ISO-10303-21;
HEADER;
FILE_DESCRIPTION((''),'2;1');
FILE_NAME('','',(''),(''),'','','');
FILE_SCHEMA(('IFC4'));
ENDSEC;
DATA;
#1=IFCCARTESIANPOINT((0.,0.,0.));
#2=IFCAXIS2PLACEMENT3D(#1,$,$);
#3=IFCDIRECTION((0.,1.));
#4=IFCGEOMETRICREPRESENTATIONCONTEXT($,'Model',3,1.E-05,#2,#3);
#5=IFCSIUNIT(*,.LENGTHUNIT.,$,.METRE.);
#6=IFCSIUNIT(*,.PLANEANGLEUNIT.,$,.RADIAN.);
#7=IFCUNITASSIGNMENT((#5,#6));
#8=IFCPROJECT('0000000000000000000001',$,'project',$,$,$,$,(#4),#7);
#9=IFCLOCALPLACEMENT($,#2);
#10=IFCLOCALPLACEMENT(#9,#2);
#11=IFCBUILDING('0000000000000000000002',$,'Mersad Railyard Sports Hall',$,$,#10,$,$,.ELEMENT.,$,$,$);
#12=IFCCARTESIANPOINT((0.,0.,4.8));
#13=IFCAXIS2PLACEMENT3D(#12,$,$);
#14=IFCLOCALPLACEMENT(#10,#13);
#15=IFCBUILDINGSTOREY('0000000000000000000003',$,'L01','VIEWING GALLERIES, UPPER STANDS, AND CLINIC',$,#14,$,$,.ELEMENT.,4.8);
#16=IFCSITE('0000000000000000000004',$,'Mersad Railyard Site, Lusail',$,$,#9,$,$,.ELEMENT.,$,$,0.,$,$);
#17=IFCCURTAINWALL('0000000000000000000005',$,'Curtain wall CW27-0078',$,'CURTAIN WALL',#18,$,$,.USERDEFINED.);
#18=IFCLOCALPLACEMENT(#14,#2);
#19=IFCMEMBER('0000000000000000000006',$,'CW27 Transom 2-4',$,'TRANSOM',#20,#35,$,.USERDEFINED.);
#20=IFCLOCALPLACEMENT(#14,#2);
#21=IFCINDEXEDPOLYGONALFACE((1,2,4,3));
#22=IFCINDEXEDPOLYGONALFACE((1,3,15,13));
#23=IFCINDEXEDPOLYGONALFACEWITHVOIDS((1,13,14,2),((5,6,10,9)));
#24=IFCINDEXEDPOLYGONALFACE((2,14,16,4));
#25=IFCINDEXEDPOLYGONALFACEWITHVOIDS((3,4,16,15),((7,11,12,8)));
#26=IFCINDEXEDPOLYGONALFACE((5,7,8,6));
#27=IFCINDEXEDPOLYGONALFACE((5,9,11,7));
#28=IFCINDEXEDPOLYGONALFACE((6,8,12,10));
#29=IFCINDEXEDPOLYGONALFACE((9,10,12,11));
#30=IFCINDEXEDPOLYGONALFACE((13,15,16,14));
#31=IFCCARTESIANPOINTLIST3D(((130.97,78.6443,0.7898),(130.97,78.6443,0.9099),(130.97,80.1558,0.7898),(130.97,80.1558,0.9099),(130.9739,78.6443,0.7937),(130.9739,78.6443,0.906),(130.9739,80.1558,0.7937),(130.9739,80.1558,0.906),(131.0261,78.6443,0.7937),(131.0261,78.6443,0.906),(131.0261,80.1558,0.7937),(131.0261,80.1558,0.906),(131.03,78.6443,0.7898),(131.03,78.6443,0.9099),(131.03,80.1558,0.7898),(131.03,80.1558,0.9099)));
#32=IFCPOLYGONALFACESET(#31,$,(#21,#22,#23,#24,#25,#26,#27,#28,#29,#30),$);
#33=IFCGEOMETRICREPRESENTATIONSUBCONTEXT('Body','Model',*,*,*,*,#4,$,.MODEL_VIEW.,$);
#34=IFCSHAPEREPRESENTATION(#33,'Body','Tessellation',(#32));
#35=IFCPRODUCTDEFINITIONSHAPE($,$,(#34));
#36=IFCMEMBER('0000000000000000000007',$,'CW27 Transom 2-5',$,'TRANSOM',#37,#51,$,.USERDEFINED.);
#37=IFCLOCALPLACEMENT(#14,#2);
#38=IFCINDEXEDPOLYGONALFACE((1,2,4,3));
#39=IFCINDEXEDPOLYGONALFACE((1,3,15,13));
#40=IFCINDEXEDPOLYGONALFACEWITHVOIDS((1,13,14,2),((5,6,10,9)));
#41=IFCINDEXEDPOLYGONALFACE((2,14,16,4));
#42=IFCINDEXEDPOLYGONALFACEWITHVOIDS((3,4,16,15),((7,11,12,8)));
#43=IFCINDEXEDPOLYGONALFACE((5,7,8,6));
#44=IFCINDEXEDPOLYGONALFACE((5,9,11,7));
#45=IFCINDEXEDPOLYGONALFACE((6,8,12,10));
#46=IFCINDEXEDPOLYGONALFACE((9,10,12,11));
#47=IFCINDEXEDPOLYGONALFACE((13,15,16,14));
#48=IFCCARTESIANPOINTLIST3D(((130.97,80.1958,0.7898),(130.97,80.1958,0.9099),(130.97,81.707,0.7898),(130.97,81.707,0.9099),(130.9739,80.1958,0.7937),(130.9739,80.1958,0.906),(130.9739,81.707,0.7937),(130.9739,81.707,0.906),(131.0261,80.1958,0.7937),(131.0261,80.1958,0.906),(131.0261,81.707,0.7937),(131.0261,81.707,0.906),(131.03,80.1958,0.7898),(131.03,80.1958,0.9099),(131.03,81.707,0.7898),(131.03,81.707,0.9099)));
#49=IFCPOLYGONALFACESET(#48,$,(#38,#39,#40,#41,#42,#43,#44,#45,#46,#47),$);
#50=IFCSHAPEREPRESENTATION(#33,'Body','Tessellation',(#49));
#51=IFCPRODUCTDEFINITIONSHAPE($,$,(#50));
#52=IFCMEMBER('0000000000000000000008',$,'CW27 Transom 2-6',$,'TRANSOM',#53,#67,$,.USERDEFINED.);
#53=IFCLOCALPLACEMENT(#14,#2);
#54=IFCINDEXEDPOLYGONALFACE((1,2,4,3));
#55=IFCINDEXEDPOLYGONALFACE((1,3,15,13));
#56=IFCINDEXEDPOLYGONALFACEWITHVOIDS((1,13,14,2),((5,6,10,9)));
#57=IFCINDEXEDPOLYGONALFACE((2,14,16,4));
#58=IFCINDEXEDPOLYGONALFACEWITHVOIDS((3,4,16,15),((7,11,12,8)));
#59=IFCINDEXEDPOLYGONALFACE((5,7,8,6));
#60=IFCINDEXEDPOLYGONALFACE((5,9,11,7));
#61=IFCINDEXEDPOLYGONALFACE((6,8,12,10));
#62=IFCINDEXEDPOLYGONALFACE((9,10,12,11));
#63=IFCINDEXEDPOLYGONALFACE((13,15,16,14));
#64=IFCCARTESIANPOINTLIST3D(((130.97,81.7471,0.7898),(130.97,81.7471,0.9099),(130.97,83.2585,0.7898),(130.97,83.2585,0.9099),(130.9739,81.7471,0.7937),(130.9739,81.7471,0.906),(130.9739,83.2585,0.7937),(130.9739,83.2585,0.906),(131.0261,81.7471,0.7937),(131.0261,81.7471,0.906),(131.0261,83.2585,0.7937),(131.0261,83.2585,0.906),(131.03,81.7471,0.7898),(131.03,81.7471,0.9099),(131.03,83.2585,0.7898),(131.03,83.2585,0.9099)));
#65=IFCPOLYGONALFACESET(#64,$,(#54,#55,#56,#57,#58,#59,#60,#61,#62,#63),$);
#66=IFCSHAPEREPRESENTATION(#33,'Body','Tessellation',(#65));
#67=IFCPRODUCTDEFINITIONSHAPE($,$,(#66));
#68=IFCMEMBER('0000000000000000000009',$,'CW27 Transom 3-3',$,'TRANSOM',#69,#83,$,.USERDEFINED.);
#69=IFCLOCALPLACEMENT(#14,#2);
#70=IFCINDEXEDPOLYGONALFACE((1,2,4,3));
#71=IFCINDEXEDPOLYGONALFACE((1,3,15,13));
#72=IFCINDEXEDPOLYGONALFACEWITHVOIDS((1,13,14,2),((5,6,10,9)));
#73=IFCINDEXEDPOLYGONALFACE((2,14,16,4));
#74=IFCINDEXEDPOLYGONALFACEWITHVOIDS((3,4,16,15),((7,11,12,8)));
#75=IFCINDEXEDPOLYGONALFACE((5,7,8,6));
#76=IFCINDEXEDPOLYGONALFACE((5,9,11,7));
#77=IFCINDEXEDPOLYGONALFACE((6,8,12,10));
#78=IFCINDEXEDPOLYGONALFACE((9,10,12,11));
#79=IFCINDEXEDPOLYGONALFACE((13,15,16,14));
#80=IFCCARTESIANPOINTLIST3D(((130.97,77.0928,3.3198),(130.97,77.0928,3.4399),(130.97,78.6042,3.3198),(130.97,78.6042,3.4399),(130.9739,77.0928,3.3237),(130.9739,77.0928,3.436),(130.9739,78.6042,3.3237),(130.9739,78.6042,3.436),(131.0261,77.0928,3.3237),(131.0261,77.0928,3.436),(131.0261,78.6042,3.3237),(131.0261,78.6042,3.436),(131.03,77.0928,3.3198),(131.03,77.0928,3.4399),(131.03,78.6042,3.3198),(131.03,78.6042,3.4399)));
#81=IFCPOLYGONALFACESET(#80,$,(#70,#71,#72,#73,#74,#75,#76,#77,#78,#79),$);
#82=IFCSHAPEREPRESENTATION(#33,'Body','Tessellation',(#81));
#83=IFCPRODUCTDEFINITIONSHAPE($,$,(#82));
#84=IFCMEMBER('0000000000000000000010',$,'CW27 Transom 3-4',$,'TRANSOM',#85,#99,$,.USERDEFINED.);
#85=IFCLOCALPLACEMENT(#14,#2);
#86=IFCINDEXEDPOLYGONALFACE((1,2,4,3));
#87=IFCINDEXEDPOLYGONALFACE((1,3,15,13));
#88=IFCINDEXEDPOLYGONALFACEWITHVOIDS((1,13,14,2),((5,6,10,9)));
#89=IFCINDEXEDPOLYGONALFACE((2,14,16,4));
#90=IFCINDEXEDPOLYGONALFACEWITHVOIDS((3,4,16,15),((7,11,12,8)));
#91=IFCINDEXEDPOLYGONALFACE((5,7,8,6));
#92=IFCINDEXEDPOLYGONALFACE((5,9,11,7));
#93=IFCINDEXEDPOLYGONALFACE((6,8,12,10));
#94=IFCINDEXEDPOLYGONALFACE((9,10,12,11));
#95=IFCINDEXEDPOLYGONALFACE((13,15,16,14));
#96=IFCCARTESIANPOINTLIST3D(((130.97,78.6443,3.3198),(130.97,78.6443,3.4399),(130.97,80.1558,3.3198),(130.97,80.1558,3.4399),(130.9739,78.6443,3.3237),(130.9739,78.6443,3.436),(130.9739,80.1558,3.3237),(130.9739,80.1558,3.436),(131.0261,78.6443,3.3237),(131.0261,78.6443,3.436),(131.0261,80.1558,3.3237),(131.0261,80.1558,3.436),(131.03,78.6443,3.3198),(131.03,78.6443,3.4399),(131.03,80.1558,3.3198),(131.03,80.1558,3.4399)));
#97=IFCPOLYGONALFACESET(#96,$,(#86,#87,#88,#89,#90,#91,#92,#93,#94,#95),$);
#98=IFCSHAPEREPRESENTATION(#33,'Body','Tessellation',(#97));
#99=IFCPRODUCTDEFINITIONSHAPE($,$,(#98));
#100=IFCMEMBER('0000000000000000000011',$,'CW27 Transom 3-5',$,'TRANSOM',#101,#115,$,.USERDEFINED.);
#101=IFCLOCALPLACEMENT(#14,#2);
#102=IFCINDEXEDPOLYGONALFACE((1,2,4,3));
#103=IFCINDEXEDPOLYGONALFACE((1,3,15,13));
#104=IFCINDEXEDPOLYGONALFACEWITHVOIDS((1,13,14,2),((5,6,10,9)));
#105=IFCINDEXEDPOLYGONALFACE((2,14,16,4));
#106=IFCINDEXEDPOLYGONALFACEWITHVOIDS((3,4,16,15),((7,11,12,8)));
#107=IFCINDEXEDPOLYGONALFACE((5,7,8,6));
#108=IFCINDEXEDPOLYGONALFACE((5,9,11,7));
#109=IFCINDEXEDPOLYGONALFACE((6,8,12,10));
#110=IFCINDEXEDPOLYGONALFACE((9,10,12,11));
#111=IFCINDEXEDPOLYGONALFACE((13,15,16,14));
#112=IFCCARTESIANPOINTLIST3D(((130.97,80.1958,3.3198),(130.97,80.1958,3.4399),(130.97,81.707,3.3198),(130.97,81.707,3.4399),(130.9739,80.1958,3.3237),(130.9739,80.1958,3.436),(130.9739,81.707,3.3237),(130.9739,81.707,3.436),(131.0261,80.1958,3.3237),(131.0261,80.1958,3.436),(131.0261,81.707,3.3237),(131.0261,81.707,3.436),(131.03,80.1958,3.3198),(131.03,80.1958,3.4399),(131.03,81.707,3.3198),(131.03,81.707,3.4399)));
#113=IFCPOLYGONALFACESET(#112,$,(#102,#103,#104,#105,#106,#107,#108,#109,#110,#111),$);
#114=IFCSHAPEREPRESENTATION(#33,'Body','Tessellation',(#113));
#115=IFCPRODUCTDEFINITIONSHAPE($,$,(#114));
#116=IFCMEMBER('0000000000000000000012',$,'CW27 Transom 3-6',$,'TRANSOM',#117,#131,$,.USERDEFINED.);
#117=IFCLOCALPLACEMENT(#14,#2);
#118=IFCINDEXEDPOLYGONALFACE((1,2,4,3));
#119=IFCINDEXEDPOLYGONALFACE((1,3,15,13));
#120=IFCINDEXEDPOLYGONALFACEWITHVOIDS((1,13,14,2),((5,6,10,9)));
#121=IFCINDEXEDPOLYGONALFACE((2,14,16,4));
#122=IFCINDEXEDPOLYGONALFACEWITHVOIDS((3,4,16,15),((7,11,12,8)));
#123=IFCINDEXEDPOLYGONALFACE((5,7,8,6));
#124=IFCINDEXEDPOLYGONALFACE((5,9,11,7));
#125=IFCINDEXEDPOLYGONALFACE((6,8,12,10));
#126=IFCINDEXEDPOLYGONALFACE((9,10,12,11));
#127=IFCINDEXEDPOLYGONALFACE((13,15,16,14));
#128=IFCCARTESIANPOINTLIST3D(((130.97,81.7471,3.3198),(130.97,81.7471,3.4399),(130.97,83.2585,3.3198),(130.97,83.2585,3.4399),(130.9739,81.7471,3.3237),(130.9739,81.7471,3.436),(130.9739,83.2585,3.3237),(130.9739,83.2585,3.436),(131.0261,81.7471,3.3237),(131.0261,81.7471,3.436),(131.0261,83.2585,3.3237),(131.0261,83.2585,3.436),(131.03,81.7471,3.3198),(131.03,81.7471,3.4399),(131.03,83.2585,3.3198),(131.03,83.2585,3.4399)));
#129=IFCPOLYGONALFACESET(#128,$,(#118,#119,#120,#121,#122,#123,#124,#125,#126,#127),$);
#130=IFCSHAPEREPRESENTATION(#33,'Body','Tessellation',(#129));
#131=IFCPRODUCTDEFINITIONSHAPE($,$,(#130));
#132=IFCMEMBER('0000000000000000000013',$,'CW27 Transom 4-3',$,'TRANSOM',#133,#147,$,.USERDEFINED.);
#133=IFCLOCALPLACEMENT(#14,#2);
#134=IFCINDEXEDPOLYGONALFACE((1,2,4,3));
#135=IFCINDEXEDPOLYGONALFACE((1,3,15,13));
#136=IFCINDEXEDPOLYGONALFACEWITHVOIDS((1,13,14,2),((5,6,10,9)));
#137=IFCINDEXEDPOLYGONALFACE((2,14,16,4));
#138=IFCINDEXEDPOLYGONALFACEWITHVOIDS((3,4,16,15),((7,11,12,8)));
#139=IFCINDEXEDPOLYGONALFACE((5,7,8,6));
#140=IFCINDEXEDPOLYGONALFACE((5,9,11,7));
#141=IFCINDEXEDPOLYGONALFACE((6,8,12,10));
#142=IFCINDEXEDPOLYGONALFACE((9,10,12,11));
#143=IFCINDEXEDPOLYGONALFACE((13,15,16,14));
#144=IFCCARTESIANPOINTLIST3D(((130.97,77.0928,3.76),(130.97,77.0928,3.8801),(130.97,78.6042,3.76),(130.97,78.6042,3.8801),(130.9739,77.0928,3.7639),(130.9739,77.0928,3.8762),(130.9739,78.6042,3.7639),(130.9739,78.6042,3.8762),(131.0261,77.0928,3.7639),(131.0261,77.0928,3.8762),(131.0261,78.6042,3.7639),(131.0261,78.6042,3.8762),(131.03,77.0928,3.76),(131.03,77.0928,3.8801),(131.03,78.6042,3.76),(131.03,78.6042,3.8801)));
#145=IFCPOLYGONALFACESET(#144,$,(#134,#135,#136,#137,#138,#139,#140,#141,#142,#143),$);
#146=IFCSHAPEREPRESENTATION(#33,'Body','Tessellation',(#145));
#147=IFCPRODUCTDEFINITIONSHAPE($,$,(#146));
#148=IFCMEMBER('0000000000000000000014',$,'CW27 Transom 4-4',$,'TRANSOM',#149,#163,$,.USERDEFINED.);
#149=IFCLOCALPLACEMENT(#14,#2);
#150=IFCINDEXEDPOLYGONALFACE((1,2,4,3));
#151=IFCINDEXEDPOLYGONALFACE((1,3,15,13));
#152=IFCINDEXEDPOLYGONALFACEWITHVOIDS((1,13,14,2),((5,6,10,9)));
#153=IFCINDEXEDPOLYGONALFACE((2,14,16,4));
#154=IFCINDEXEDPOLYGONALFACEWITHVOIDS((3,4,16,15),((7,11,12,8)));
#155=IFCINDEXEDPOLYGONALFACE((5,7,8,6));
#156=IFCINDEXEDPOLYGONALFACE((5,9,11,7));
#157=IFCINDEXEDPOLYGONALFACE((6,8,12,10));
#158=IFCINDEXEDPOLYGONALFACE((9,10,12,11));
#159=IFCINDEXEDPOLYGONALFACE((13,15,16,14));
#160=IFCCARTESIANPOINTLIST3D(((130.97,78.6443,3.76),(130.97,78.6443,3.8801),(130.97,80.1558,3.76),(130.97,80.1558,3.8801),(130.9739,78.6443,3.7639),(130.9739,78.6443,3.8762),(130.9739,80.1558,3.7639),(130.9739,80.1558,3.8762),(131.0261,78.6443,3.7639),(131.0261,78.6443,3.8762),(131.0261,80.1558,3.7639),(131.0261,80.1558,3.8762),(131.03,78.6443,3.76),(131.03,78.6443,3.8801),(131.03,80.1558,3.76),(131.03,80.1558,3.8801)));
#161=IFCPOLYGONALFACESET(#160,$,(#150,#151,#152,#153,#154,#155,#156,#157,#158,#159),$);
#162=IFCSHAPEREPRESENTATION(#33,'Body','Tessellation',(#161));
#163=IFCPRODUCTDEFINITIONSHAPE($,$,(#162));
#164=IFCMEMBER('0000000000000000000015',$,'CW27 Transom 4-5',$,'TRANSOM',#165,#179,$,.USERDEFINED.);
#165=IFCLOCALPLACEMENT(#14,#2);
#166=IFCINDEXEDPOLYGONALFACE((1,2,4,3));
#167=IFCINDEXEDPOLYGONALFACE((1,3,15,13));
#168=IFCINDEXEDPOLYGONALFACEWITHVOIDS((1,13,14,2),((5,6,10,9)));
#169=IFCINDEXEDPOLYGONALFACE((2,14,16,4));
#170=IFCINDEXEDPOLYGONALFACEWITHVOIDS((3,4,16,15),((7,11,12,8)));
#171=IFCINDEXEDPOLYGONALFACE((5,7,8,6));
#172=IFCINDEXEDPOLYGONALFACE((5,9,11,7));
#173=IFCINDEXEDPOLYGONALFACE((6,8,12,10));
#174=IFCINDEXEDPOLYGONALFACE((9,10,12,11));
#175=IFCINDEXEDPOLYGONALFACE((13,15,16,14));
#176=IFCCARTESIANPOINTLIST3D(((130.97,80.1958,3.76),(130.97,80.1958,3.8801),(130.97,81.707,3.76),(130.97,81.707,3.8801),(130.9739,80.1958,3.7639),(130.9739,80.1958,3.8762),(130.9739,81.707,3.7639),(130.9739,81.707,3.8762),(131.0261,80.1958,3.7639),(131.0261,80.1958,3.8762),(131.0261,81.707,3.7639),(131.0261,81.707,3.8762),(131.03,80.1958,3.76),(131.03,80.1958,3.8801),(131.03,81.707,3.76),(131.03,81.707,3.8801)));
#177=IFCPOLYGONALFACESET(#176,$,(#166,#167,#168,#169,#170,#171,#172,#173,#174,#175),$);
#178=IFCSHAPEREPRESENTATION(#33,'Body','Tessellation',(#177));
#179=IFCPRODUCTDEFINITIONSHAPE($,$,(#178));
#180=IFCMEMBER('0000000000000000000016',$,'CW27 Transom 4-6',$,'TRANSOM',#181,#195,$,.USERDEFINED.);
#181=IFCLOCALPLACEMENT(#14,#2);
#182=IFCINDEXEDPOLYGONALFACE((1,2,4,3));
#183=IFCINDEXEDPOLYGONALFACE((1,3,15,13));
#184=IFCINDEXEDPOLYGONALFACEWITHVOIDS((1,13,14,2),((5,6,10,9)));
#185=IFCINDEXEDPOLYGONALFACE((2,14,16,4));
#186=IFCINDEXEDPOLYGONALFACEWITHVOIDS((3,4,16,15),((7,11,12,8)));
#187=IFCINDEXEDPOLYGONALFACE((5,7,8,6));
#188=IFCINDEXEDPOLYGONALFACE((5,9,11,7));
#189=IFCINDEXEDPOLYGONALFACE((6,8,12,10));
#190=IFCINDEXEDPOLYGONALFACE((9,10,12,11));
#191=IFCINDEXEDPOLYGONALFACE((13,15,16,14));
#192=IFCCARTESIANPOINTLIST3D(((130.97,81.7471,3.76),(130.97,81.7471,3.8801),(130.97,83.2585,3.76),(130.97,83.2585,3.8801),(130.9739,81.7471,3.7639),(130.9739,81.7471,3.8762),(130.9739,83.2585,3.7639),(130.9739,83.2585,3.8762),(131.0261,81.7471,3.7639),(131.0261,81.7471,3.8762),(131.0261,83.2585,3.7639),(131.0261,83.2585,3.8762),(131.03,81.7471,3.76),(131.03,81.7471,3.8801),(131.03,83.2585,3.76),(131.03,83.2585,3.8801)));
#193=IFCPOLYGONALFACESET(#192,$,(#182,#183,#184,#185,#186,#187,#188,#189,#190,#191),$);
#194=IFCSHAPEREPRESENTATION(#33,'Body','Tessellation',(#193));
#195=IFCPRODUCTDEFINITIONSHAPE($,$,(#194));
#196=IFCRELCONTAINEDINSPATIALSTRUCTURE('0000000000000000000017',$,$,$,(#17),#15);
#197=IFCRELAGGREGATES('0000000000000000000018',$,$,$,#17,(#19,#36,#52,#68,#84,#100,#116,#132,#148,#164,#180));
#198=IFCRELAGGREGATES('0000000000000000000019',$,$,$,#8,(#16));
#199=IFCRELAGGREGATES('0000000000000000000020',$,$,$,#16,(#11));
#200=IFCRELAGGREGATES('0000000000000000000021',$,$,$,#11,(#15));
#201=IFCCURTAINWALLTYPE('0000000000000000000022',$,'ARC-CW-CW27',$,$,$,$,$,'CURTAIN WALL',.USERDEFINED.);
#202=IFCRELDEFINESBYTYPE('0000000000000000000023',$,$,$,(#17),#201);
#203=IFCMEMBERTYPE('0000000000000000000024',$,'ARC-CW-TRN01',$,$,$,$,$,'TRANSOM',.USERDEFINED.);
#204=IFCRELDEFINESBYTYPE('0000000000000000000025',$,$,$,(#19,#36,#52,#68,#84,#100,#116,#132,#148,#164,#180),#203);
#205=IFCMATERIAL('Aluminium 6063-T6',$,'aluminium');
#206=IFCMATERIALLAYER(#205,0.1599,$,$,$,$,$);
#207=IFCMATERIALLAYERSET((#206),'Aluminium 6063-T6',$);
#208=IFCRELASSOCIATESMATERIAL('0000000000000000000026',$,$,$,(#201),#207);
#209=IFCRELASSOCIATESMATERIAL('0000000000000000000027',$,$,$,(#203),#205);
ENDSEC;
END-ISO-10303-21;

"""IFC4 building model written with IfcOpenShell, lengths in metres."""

from ifc_helpers import new_model, si_unit, direction, frame, origin, origin_2d, place, context, subcontext, project, spatial, hollow_rectangle, extrude, material, layer, layer_set, material_profile, profile_set, type_object, element, aggregate, save


model = new_model("IFC4")

# Units and contexts
model_context = context("Model", 3, precision=1e-05, world=origin(), true_north=direction((0.0, 1.0)))
body_context = subcontext(model_context, "Body", "Model", "MODEL_VIEW")
ifc_project = project(units=[si_unit("LENGTHUNIT", "METRE"), si_unit("PLANEANGLEUNIT", "RADIAN")], contexts=[model_context])

# Site, building, storey
site_placement = place(None, origin())
site = spatial("IfcSite", under=ifc_project, at=site_placement, Name="Mersad Railyard Site, Lusail", CompositionType="ELEMENT", RefElevation=0.0)
building_placement = place(site_placement, origin())
building = spatial("IfcBuilding", under=site, at=building_placement, Name="Mersad Railyard Sports Hall", CompositionType="ELEMENT")
storey_placement = place(building_placement, frame((0.0, 0.0, 4.8)))
storey = spatial("IfcBuildingStorey", under=building, at=storey_placement, Name="L01", Description="VIEWING GALLERIES, UPPER STANDS, AND CLINIC", CompositionType="ELEMENT", Elevation=4.8)

# Curtain wall, members
ifc_material_1 = material(Name="Aluminium 6063-T6", Category="aluminium")
ifc_layer_1 = layer(ifc_material_1, 0.1599)
ifc_layer_set_1 = layer_set([ifc_layer_1], Name="Aluminium 6063-T6")
curtain_wall_type = type_object("IfcCurtainWallType", Name="ARC-CW-CW27", ElementType="CURTAIN WALL", PredefinedType="USERDEFINED", material=ifc_layer_set_1)
curtain_wall_placement = place(storey_placement, origin())
curtain_wall = element("IfcCurtainWall", 1, at=curtain_wall_placement, inside=storey, type_object=curtain_wall_type, Name="Curtain wall CW27-0078", ObjectType="CURTAIN WALL", PredefinedType="USERDEFINED")
ifc_material_profile_1 = material_profile(ifc_material_1, hollow_rectangle(XDim=0.0601, YDim=0.1201, WallThickness=0.0039, at=origin_2d()), Name="AL TRANSOM 60x120x4")
ifc_profile_set_1 = profile_set([ifc_material_profile_1], Name="Aluminium 6063-T6")
member_type_1 = type_object("IfcMemberType", Name="ARC-CW-TRN01", ElementType="TRANSOM", PredefinedType="USERDEFINED", material=ifc_profile_set_1)
member_1_placement = place(storey_placement, frame((131.0, 78.6443, 0.8499), z_axis=(0.0, 1.0, 0.0), x_axis=(-1.0, 0.0, 0.0)))
member_1 = element("IfcMember", 2, at=member_1_placement, type_object=member_type_1, Name="CW27 Transom 2-4", ObjectType="TRANSOM", PredefinedType="USERDEFINED", context=body_context, shape_type="SweptSolid", body=[
    extrude(hollow_rectangle(XDim=0.0601, YDim=0.1201, WallThickness=0.0039, at=origin_2d()), origin(), (0.0, 0.0, 1.0), 1.5115),
])
member_2_placement = place(storey_placement, frame((131.0, 80.1958, 0.8499), z_axis=(0.0, 1.0, 0.0), x_axis=(-1.0, 0.0, 0.0)))
member_2 = element("IfcMember", 3, at=member_2_placement, type_object=member_type_1, Name="CW27 Transom 2-5", ObjectType="TRANSOM", PredefinedType="USERDEFINED", context=body_context, shape_type="SweptSolid", body=[
    extrude(hollow_rectangle(XDim=0.0601, YDim=0.1201, WallThickness=0.0039, at=origin_2d()), origin(), (0.0, 0.0, 1.0), 1.5112),
])
member_3_placement = place(storey_placement, frame((131.0, 81.7471, 0.8499), z_axis=(0.0, 1.0, 0.0), x_axis=(-1.0, 0.0, 0.0)))
member_3 = element("IfcMember", 4, at=member_3_placement, type_object=member_type_1, Name="CW27 Transom 2-6", ObjectType="TRANSOM", PredefinedType="USERDEFINED", context=body_context, shape_type="SweptSolid", body=[
    extrude(hollow_rectangle(XDim=0.0601, YDim=0.1201, WallThickness=0.0039, at=origin_2d()), origin(), (0.0, 0.0, 1.0), 1.5115),
])
member_4_placement = place(storey_placement, frame((131.0, 77.0928, 3.3799), z_axis=(0.0, 1.0, 0.0), x_axis=(-1.0, 0.0, 0.0)))
member_4 = element("IfcMember", 5, at=member_4_placement, type_object=member_type_1, Name="CW27 Transom 3-3", ObjectType="TRANSOM", PredefinedType="USERDEFINED", context=body_context, shape_type="SweptSolid", body=[
    extrude(hollow_rectangle(XDim=0.0601, YDim=0.1201, WallThickness=0.0039, at=origin_2d()), origin(), (0.0, 0.0, 1.0), 1.5115),
])
member_5_placement = place(storey_placement, frame((131.0, 78.6443, 3.3799), z_axis=(0.0, 1.0, 0.0), x_axis=(-1.0, 0.0, 0.0)))
member_5 = element("IfcMember", 6, at=member_5_placement, type_object=member_type_1, Name="CW27 Transom 3-4", ObjectType="TRANSOM", PredefinedType="USERDEFINED", context=body_context, shape_type="SweptSolid", body=[
    extrude(hollow_rectangle(XDim=0.0601, YDim=0.1201, WallThickness=0.0039, at=origin_2d()), origin(), (0.0, 0.0, 1.0), 1.5115),
])
member_6_placement = place(storey_placement, frame((131.0, 80.1958, 3.3799), z_axis=(0.0, 1.0, 0.0), x_axis=(-1.0, 0.0, 0.0)))
member_6 = element("IfcMember", 7, at=member_6_placement, type_object=member_type_1, Name="CW27 Transom 3-5", ObjectType="TRANSOM", PredefinedType="USERDEFINED", context=body_context, shape_type="SweptSolid", body=[
    extrude(hollow_rectangle(XDim=0.0601, YDim=0.1201, WallThickness=0.0039, at=origin_2d()), origin(), (0.0, 0.0, 1.0), 1.5112),
])
member_7_placement = place(storey_placement, frame((131.0, 81.7471, 3.3799), z_axis=(0.0, 1.0, 0.0), x_axis=(-1.0, 0.0, 0.0)))
member_7 = element("IfcMember", 8, at=member_7_placement, type_object=member_type_1, Name="CW27 Transom 3-6", ObjectType="TRANSOM", PredefinedType="USERDEFINED", context=body_context, shape_type="SweptSolid", body=[
    extrude(hollow_rectangle(XDim=0.0601, YDim=0.1201, WallThickness=0.0039, at=origin_2d()), origin(), (0.0, 0.0, 1.0), 1.5115),
])
member_8_placement = place(storey_placement, frame((131.0, 77.0928, 3.8201), z_axis=(0.0, 1.0, 0.0), x_axis=(-1.0, 0.0, 0.0)))
member_8 = element("IfcMember", 9, at=member_8_placement, type_object=member_type_1, Name="CW27 Transom 4-3", ObjectType="TRANSOM", PredefinedType="USERDEFINED", context=body_context, shape_type="SweptSolid", body=[
    extrude(hollow_rectangle(XDim=0.0601, YDim=0.1201, WallThickness=0.0039, at=origin_2d()), origin(), (0.0, 0.0, 1.0), 1.5115),
])
member_9_placement = place(storey_placement, frame((131.0, 78.6443, 3.8201), z_axis=(0.0, 1.0, 0.0), x_axis=(-1.0, 0.0, 0.0)))
member_9 = element("IfcMember", 10, at=member_9_placement, type_object=member_type_1, Name="CW27 Transom 4-4", ObjectType="TRANSOM", PredefinedType="USERDEFINED", context=body_context, shape_type="SweptSolid", body=[
    extrude(hollow_rectangle(XDim=0.0601, YDim=0.1201, WallThickness=0.0039, at=origin_2d()), origin(), (0.0, 0.0, 1.0), 1.5115),
])
member_10_placement = place(storey_placement, frame((131.0, 80.1958, 3.8201), z_axis=(0.0, 1.0, 0.0), x_axis=(-1.0, 0.0, 0.0)))
member_10 = element("IfcMember", 11, at=member_10_placement, type_object=member_type_1, Name="CW27 Transom 4-5", ObjectType="TRANSOM", PredefinedType="USERDEFINED", context=body_context, shape_type="SweptSolid", body=[
    extrude(hollow_rectangle(XDim=0.0601, YDim=0.1201, WallThickness=0.0039, at=origin_2d()), origin(), (0.0, 0.0, 1.0), 1.5112),
])
member_11_placement = place(storey_placement, frame((131.0, 81.7471, 3.8201), z_axis=(0.0, 1.0, 0.0), x_axis=(-1.0, 0.0, 0.0)))
member_11 = element("IfcMember", 12, at=member_11_placement, type_object=member_type_1, Name="CW27 Transom 4-6", ObjectType="TRANSOM", PredefinedType="USERDEFINED", context=body_context, shape_type="SweptSolid", body=[
    extrude(hollow_rectangle(XDim=0.0601, YDim=0.1201, WallThickness=0.0039, at=origin_2d()), origin(), (0.0, 0.0, 1.0), 1.5115),
])

aggregate(curtain_wall, [member_1, member_2, member_3, member_4, member_5, member_6, member_7, member_8, member_9, member_10, member_11])

save(model, "model.ifc")
